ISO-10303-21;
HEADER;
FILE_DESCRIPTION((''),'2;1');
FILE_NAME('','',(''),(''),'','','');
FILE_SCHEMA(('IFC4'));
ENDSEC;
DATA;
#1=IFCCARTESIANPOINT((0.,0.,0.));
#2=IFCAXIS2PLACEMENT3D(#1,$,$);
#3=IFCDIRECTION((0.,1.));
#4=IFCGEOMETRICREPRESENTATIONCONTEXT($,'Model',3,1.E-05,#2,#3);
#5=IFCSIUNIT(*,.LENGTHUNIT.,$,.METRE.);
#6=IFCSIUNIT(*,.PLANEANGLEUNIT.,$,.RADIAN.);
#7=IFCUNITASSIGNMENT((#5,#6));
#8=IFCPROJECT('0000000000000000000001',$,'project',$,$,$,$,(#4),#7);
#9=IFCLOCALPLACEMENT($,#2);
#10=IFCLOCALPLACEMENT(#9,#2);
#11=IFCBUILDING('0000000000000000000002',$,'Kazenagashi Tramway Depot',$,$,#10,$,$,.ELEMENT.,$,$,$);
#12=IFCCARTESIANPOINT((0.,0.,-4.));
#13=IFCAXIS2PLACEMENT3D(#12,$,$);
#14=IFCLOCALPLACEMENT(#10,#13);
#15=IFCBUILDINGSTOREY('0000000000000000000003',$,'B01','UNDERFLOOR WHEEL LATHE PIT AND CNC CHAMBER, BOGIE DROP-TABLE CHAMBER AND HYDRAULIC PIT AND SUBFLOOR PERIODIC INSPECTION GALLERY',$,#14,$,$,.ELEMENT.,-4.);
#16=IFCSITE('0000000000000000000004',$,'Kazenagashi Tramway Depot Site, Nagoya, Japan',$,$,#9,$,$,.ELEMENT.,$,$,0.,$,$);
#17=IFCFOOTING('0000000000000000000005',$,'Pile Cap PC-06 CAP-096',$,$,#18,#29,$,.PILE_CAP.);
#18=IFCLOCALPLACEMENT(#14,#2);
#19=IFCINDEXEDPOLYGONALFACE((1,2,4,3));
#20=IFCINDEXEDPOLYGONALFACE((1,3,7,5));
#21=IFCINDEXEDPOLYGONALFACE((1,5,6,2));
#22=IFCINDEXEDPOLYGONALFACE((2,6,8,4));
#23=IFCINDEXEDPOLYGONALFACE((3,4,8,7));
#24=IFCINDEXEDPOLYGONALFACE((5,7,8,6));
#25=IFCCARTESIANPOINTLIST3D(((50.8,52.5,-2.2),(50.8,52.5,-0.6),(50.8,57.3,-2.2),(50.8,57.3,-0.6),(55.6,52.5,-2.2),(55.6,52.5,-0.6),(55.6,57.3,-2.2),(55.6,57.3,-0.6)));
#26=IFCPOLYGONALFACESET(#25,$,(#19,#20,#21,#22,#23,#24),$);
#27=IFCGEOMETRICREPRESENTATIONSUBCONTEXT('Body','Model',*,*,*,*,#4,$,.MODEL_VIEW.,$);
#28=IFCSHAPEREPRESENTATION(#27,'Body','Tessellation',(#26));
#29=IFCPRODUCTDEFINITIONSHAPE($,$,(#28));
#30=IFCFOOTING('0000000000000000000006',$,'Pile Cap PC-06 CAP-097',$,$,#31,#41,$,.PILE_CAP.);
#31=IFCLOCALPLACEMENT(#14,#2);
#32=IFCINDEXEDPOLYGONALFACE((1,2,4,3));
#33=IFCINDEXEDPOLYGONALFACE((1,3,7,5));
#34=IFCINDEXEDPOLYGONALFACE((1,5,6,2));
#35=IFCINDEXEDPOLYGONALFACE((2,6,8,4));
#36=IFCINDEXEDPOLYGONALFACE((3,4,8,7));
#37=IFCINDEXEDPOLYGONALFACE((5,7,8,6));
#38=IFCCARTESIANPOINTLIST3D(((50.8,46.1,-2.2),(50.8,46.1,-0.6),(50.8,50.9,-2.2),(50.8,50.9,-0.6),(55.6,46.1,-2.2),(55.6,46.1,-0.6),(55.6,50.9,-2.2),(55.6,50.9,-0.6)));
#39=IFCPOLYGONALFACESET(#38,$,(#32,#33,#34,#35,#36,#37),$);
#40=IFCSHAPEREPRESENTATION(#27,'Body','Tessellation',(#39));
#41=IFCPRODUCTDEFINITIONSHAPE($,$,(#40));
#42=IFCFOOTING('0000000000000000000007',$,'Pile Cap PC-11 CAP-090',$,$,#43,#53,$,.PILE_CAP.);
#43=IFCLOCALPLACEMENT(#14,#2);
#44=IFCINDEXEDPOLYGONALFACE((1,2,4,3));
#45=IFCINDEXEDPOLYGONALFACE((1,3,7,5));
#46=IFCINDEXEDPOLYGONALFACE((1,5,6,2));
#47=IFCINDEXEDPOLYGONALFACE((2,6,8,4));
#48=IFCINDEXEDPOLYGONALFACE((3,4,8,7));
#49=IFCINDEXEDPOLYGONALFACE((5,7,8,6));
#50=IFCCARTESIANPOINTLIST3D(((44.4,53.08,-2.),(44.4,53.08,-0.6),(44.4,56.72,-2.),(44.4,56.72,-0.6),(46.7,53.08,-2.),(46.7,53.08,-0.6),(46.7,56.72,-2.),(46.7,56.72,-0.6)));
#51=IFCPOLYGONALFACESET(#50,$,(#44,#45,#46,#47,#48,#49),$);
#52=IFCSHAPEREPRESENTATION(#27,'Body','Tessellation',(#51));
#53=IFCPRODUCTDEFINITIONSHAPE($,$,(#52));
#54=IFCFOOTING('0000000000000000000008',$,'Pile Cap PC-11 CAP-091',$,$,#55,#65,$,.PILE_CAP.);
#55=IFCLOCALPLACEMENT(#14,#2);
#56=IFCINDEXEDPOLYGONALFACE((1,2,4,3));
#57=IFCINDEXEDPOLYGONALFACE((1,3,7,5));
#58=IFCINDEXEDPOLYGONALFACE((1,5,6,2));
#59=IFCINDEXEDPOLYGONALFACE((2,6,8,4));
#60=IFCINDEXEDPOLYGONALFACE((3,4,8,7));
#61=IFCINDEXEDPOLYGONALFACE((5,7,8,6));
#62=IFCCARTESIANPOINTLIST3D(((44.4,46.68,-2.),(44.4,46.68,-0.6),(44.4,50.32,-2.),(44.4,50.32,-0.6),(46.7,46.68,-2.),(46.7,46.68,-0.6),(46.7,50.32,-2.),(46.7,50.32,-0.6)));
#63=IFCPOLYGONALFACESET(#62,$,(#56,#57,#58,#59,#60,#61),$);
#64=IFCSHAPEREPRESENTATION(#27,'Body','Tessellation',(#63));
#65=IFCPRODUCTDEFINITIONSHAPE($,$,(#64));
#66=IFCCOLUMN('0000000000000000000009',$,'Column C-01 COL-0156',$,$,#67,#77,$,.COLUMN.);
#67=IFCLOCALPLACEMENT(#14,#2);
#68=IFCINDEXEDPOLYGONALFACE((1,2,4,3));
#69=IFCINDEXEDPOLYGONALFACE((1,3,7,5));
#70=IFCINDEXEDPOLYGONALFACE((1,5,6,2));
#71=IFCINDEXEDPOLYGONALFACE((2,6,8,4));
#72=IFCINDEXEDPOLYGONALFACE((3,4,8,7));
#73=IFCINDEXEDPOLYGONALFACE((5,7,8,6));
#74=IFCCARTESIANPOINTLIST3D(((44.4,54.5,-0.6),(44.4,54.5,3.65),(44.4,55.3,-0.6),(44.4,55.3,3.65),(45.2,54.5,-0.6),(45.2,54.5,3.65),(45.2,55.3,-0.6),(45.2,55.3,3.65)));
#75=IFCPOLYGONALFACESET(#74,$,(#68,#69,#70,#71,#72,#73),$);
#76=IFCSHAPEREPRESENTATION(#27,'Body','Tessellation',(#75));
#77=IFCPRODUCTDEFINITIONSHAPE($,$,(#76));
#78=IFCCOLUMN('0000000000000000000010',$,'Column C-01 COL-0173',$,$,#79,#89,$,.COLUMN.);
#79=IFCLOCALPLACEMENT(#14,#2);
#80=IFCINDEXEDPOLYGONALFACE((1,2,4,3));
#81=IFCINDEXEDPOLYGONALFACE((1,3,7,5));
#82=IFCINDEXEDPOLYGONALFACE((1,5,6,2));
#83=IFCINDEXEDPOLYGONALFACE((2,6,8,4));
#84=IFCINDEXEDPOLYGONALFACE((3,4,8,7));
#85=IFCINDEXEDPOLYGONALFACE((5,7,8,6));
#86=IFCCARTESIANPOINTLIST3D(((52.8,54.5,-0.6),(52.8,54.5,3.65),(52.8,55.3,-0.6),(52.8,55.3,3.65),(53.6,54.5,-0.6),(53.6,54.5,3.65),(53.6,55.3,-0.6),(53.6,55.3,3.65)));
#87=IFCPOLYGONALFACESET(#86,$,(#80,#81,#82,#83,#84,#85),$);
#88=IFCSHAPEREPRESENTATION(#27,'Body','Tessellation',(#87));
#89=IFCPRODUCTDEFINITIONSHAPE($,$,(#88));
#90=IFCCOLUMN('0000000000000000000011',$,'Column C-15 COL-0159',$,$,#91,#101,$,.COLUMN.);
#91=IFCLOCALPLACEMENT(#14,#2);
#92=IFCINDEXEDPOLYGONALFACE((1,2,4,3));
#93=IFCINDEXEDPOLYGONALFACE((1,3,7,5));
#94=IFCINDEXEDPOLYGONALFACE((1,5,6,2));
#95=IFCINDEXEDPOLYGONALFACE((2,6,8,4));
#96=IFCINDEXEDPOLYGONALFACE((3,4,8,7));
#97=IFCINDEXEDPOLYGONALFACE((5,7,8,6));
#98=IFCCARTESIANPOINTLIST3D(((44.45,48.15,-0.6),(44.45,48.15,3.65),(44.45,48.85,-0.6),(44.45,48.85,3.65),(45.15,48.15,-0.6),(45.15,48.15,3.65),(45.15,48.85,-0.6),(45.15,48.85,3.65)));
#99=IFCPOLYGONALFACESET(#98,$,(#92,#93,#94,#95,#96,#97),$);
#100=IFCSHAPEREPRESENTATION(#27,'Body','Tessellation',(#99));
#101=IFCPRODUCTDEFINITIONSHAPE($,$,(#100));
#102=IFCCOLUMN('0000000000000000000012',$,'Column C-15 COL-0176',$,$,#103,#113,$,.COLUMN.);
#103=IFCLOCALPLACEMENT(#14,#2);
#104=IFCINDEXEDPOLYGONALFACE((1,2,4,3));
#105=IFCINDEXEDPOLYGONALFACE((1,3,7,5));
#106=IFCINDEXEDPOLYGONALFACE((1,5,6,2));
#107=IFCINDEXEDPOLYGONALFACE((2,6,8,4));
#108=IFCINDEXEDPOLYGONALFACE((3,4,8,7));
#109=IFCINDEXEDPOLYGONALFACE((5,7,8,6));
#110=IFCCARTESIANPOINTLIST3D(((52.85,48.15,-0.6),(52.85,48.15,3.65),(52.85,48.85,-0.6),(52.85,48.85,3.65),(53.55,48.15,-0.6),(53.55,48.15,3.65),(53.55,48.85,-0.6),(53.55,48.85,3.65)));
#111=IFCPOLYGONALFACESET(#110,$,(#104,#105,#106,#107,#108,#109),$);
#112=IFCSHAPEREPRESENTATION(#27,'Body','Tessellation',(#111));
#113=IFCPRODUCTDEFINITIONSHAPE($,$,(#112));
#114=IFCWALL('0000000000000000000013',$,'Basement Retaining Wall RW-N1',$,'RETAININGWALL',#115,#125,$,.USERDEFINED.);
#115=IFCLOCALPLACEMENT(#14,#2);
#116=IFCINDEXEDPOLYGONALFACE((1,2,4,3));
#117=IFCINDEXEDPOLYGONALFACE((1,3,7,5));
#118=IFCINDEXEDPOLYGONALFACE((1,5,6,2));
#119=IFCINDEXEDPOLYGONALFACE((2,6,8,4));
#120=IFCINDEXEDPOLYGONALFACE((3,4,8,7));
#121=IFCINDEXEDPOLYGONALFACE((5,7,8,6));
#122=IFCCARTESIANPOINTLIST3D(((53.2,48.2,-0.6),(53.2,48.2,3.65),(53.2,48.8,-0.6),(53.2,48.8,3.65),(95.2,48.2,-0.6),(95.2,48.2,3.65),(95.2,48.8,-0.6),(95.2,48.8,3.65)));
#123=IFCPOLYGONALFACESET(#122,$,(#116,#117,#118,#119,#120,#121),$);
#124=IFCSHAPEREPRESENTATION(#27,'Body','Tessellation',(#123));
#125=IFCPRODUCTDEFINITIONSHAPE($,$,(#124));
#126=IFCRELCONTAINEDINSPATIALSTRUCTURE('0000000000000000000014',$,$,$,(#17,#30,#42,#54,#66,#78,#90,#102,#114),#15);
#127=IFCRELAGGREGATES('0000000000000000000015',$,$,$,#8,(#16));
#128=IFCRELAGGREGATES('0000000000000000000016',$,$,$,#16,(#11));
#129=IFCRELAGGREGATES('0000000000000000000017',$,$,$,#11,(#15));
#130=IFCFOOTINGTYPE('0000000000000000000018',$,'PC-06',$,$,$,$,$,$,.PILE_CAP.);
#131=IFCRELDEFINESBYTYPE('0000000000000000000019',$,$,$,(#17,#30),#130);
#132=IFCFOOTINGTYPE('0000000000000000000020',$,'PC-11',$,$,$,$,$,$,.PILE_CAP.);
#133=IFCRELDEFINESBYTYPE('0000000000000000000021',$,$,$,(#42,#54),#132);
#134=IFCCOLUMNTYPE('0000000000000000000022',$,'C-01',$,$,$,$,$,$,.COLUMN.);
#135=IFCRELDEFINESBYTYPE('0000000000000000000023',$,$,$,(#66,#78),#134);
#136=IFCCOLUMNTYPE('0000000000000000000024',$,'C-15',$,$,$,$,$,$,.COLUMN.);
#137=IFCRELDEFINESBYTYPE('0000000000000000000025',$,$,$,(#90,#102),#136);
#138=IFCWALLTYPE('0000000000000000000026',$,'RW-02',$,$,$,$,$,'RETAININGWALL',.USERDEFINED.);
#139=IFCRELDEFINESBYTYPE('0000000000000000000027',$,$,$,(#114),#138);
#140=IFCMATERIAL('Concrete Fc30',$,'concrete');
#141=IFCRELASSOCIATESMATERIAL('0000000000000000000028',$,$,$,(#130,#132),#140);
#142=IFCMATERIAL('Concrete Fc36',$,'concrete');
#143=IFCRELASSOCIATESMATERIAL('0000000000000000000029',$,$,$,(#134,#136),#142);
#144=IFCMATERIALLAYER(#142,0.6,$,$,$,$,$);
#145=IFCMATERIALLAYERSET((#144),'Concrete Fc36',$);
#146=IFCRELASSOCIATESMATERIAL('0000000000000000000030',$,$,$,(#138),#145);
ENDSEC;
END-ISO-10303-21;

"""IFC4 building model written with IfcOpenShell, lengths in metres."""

from ifc_helpers import new_model, si_unit, direction, frame, frame_2d, origin, origin_2d, place, context, subcontext, project, spatial, rectangle, extrude, material, layer, layer_set, material_profile, profile_set, type_object, element, save


model = new_model("IFC4")

# Units and contexts
model_context = context("Model", 3, precision=1e-05, world=origin(), true_north=direction((0.0, 1.0)))
body_context = subcontext(model_context, "Body", "Model", "MODEL_VIEW")
ifc_project = project(units=[si_unit("LENGTHUNIT", "METRE"), si_unit("PLANEANGLEUNIT", "RADIAN")], contexts=[model_context])

# Site, building, storey
site_placement = place(None, origin())
site = spatial("IfcSite", under=ifc_project, at=site_placement, Name="Kazenagashi Tramway Depot Site, Nagoya, Japan", CompositionType="ELEMENT", RefElevation=0.0)
building_placement = place(site_placement, origin())
building = spatial("IfcBuilding", under=site, at=building_placement, Name="Kazenagashi Tramway Depot", CompositionType="ELEMENT")
storey_placement = place(building_placement, frame((0.0, 0.0, -4.0)))
storey = spatial("IfcBuildingStorey", under=building, at=storey_placement, Name="B01", Description="UNDERFLOOR WHEEL LATHE PIT AND CNC CHAMBER, BOGIE DROP-TABLE CHAMBER AND HYDRAULIC PIT AND SUBFLOOR PERIODIC INSPECTION GALLERY", CompositionType="ELEMENT", Elevation=-4.0)

# Shared definitions
ifc_material_1 = material(Name="Concrete Fc30", Category="concrete")

# Footings
footing_type_1 = type_object("IfcFootingType", Name="PC-06", PredefinedType="PILE_CAP", material=ifc_material_1)
for number, where, z_axis, x_axis, name in (
    (1, (53.2, 54.9, -2.2), (0.0, 0.0, 1.0), (1.0, 0.0, 0.0), "Pile Cap PC-06 CAP-096"),
    (2, (53.2, 48.5, -2.2), (0.0, 0.0, 1.0), (1.0, 0.0, 0.0), "Pile Cap PC-06 CAP-097"),
):
    element("IfcFooting", number, at=place(storey_placement, frame(where, z_axis=z_axis, x_axis=x_axis)), inside=storey, type_object=footing_type_1, Name=name, PredefinedType="PILE_CAP", context=body_context, shape_type="SweptSolid", body=[
        extrude(rectangle(XDim=4.8, YDim=4.8, at=origin_2d()), origin(), (0.0, 0.0, 1.0), 1.6),
    ])
footing_type_2 = type_object("IfcFootingType", Name="PC-11", PredefinedType="PILE_CAP", material=ifc_material_1)
for number, where, z_axis, x_axis, name in (
    (3, (45.55, 54.9, -2.0), (0.0, 0.0, 1.0), (1.0, 0.0, 0.0), "Pile Cap PC-11 CAP-090"),
    (4, (45.55, 48.5, -2.0), (0.0, 0.0, 1.0), (1.0, 0.0, 0.0), "Pile Cap PC-11 CAP-091"),
):
    element("IfcFooting", number, at=place(storey_placement, frame(where, z_axis=z_axis, x_axis=x_axis)), inside=storey, type_object=footing_type_2, Name=name, PredefinedType="PILE_CAP", context=body_context, shape_type="SweptSolid", body=[
        extrude(rectangle(XDim=2.3, YDim=3.64, at=origin_2d()), origin(), (0.0, 0.0, 1.0), 1.4),
    ])

# Columns
ifc_material_2 = material(Name="Concrete Fc36", Category="concrete")
ifc_material_profile_1 = material_profile(ifc_material_2, rectangle(XDim=0.8, YDim=0.8, at=origin_2d()), Name="RC-800x800")
ifc_profile_set_1 = profile_set([ifc_material_profile_1], Name="Concrete Fc36")
column_type_1 = type_object("IfcColumnType", Name="C-01", PredefinedType="COLUMN", material=ifc_profile_set_1)
for number, where, z_axis, x_axis, name in (
    (5, (44.8, 54.9, -0.6), (0.0, 0.0, 1.0), (1.0, 0.0, 0.0), "Column C-01 COL-0156"),
    (6, (53.2, 54.9, -0.6), (0.0, 0.0, 1.0), (1.0, 0.0, 0.0), "Column C-01 COL-0173"),
):
    element("IfcColumn", number, at=place(storey_placement, frame(where, z_axis=z_axis, x_axis=x_axis)), inside=storey, type_object=column_type_1, Name=name, PredefinedType="COLUMN", context=body_context, shape_type="SweptSolid", body=[
        extrude(rectangle(XDim=0.8, YDim=0.8, at=origin_2d()), origin(), (0.0, 0.0, 1.0), 4.25),
    ])
ifc_material_profile_2 = material_profile(ifc_material_2, rectangle(XDim=0.7, YDim=0.7, at=origin_2d()), Name="RC-700x700")
ifc_profile_set_2 = profile_set([ifc_material_profile_2], Name="Concrete Fc36")
column_type_2 = type_object("IfcColumnType", Name="C-15", PredefinedType="COLUMN", material=ifc_profile_set_2)
for number, where, z_axis, x_axis, name in (
    (7, (44.8, 48.5, -0.6), (0.0, 0.0, 1.0), (1.0, 0.0, 0.0), "Column C-15 COL-0159"),
    (8, (53.2, 48.5, -0.6), (0.0, 0.0, 1.0), (1.0, 0.0, 0.0), "Column C-15 COL-0176"),
):
    element("IfcColumn", number, at=place(storey_placement, frame(where, z_axis=z_axis, x_axis=x_axis)), inside=storey, type_object=column_type_2, Name=name, PredefinedType="COLUMN", context=body_context, shape_type="SweptSolid", body=[
        extrude(rectangle(XDim=0.7, YDim=0.7, at=origin_2d()), origin(), (0.0, 0.0, 1.0), 4.25),
    ])

# Wall
ifc_layer = layer(ifc_material_2, 0.6)
ifc_layer_set = layer_set([ifc_layer], Name="Concrete Fc36")
wall_type = type_object("IfcWallType", Name="RW-02", ElementType="RETAININGWALL", PredefinedType="USERDEFINED", material=ifc_layer_set)
wall_placement = place(storey_placement, frame((53.2, 48.5, -0.6), z_axis=(0.0, 0.0, 1.0), x_axis=(1.0, 0.0, 0.0)))
element("IfcWall", 9, at=wall_placement, inside=storey, type_object=wall_type, Name="Basement Retaining Wall RW-N1", ObjectType="RETAININGWALL", PredefinedType="USERDEFINED", context=body_context, shape_type="SweptSolid", body=[
    extrude(rectangle(XDim=42.0, YDim=0.6, at=frame_2d((21.0, 0.0))), origin(), (0.0, 0.0, 1.0), 4.25),
])

save(model, "model.ifc")
